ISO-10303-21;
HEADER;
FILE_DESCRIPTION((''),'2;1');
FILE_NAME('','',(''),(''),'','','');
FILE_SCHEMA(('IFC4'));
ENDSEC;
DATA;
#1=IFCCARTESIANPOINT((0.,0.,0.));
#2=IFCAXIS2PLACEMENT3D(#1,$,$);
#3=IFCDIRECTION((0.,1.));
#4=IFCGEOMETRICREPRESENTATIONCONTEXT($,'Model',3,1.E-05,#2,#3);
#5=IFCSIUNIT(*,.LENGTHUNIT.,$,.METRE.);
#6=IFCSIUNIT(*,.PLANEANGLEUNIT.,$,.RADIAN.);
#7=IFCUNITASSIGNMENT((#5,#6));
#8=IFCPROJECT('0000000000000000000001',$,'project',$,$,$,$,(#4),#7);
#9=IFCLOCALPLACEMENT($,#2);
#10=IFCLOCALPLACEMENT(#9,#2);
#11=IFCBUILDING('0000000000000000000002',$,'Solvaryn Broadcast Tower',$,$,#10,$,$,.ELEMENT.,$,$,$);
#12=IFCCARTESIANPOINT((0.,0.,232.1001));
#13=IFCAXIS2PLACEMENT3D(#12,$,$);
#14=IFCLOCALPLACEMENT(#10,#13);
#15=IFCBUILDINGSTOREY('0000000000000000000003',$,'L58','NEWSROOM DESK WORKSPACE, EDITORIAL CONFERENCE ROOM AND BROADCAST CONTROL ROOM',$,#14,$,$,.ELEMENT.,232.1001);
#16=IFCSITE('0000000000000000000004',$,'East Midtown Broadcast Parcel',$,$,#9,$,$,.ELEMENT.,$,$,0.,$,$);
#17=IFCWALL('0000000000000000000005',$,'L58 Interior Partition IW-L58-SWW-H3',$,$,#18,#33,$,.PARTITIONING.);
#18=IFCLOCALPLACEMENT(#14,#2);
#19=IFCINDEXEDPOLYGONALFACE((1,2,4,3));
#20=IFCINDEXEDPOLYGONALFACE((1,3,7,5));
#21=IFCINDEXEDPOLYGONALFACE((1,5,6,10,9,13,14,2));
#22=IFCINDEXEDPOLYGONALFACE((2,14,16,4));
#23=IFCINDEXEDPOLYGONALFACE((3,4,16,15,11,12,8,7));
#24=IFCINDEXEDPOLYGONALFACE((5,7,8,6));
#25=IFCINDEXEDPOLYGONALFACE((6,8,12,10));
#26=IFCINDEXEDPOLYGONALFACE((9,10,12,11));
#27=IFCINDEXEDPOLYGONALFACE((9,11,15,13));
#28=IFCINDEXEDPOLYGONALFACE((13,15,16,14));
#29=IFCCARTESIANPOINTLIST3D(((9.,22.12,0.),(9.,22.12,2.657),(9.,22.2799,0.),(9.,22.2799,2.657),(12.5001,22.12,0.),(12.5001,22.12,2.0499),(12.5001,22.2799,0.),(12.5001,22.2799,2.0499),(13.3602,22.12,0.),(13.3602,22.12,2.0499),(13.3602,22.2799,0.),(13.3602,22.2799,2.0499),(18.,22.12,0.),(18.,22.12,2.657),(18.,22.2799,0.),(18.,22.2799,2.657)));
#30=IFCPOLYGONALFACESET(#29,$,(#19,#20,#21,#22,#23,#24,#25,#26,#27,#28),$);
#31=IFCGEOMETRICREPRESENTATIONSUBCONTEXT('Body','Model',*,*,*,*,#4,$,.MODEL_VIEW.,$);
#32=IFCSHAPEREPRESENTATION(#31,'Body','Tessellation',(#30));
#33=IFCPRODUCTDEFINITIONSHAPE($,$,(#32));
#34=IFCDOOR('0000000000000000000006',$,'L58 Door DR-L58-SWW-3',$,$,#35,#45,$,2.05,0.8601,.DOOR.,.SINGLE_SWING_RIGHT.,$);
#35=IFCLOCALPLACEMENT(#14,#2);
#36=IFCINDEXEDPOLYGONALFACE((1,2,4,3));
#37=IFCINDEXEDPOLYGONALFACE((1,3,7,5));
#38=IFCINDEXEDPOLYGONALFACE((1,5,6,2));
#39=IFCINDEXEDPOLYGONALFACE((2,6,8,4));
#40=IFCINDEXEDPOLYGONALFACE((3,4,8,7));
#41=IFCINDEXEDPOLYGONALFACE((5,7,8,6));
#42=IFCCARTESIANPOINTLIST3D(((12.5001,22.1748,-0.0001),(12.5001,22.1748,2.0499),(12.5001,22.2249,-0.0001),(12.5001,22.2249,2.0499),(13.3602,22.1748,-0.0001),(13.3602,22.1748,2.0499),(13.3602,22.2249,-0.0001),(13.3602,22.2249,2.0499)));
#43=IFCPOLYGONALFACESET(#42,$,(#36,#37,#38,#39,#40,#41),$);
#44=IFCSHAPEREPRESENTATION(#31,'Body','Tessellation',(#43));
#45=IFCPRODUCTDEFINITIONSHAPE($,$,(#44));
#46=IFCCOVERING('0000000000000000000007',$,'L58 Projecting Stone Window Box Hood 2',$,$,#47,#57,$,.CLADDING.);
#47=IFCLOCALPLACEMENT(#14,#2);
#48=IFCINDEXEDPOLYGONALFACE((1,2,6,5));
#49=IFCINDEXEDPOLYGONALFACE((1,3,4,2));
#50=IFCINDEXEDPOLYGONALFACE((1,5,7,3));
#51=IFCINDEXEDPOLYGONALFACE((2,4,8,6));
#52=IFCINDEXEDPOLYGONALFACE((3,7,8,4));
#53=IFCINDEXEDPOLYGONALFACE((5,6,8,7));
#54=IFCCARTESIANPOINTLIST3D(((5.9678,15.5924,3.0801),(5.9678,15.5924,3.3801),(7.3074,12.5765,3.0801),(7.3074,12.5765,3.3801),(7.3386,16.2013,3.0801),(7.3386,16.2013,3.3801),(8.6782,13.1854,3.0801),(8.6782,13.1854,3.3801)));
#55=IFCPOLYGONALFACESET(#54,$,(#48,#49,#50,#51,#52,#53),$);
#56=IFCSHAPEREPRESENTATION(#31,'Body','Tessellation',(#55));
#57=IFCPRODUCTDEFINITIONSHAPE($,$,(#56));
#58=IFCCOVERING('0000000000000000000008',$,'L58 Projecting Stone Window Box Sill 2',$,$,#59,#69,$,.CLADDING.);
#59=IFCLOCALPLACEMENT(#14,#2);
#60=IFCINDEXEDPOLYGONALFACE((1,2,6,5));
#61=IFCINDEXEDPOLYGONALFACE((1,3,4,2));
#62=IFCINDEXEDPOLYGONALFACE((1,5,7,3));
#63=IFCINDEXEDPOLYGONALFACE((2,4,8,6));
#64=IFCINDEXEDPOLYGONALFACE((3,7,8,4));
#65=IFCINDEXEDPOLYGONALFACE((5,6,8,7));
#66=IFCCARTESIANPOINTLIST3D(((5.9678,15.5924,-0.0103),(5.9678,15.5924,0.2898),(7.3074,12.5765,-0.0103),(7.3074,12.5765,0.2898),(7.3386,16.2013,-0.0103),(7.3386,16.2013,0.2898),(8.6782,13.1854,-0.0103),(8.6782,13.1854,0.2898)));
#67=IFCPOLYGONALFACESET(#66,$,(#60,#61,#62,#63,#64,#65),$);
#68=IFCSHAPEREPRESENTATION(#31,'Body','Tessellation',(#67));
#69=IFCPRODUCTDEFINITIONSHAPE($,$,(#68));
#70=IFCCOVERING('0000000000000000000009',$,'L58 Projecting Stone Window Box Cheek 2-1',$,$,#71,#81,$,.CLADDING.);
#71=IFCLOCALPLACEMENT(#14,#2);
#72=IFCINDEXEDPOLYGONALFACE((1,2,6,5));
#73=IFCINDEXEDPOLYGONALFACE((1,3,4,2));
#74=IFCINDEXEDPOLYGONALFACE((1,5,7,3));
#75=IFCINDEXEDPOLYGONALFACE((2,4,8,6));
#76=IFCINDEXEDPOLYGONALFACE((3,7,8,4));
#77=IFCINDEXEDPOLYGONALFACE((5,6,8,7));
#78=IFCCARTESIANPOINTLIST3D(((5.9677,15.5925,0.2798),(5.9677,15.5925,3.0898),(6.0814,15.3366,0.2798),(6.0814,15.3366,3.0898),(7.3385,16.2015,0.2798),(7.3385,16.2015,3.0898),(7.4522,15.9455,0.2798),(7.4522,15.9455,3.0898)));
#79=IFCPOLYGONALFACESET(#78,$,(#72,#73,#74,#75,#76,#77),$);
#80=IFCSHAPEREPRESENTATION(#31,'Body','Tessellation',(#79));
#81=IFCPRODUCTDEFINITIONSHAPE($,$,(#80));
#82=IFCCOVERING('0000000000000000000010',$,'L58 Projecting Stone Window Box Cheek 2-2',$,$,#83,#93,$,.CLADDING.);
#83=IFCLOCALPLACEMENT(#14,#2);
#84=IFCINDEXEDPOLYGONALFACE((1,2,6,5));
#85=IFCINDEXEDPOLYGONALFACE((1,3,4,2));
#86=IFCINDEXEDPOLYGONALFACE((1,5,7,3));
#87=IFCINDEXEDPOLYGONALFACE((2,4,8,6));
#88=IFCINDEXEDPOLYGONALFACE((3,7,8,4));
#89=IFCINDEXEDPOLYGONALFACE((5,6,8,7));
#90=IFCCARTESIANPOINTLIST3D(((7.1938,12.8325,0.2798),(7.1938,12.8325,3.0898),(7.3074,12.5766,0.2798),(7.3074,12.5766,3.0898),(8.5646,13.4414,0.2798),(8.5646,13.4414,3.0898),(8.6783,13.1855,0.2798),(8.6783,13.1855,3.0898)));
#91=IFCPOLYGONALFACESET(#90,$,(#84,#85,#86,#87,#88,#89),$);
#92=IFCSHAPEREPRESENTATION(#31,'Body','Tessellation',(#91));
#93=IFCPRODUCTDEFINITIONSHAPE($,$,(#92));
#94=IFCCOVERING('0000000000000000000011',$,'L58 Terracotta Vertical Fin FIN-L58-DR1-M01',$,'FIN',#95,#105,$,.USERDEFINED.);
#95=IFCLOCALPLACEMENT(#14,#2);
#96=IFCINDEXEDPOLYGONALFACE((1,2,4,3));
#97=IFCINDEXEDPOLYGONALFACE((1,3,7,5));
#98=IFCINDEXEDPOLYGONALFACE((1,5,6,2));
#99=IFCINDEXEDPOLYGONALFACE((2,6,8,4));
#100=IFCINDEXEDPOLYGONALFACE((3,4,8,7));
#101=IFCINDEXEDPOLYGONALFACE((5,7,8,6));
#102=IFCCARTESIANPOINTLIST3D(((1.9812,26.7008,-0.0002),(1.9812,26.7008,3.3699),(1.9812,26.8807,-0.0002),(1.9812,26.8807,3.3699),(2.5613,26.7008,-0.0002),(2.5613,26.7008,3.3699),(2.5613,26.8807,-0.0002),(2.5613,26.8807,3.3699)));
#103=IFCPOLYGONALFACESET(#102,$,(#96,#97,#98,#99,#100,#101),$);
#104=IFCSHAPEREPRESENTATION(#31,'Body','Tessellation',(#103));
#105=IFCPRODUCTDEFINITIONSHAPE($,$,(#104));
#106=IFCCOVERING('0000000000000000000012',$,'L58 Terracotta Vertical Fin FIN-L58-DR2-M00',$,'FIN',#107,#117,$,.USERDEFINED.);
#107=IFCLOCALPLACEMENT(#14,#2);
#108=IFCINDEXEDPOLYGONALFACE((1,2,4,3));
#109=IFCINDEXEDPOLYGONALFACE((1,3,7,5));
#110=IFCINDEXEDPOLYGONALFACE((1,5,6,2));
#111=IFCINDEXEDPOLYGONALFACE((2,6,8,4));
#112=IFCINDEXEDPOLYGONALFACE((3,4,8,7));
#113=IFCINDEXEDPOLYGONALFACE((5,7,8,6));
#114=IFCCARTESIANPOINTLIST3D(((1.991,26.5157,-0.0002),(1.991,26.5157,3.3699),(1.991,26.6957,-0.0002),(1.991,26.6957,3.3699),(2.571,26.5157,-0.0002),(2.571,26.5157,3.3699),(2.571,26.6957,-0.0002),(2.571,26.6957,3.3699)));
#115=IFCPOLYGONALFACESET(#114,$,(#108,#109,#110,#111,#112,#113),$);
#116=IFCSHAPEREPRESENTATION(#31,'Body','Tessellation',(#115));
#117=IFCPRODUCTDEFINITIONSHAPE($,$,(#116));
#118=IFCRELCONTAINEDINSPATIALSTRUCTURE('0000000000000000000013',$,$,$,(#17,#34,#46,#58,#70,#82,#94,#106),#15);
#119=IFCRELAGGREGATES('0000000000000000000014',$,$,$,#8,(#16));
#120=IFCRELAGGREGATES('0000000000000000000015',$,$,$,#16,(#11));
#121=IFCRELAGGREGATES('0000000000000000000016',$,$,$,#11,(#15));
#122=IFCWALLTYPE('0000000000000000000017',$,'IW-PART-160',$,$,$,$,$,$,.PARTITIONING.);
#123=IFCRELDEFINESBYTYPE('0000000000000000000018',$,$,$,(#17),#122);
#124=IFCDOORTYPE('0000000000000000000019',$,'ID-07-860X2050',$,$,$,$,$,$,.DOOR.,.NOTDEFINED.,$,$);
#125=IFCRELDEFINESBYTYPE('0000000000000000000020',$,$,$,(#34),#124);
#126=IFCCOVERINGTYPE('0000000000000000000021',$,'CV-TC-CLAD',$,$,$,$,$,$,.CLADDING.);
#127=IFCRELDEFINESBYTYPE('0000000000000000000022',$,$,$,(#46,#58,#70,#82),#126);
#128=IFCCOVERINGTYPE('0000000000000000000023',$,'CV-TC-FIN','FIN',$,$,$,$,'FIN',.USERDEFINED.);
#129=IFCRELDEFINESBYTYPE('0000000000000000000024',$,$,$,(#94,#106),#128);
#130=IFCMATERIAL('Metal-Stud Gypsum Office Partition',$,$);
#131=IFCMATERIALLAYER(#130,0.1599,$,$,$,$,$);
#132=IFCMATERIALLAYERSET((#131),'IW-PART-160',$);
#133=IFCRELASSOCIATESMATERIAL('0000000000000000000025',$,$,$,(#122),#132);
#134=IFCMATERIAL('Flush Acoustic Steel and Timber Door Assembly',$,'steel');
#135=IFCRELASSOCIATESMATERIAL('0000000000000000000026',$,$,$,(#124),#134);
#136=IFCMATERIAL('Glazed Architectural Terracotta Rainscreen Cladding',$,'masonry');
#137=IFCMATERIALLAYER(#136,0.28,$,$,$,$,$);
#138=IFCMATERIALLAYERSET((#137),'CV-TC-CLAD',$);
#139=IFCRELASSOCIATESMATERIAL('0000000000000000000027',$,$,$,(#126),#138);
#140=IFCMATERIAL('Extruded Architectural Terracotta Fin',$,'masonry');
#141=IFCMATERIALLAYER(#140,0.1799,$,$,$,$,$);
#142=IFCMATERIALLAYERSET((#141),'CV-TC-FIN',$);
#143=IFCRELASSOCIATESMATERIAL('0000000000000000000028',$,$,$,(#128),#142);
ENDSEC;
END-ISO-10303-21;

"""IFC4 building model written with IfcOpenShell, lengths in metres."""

from ifc_helpers import new_model, si_unit, direction, frame, frame_2d, origin, origin_2d, place, context, subcontext, project, spatial, rectangle, extrude, material, layer, layer_set, type_object, element, fill, save


model = new_model("IFC4")

# Units and contexts
model_context = context("Model", 3, precision=1e-05, world=origin(), true_north=direction((0.0, 1.0)))
body_context = subcontext(model_context, "Body", "Model", "MODEL_VIEW")
ifc_project = project(units=[si_unit("LENGTHUNIT", "METRE"), si_unit("PLANEANGLEUNIT", "RADIAN")], contexts=[model_context])

# Site, building, storey
site_placement = place(None, origin())
site = spatial("IfcSite", under=ifc_project, at=site_placement, Name="East Midtown Broadcast Parcel", CompositionType="ELEMENT", RefElevation=0.0)
building_placement = place(site_placement, origin())
building = spatial("IfcBuilding", under=site, at=building_placement, Name="Solvaryn Broadcast Tower", CompositionType="ELEMENT")
storey_placement = place(building_placement, frame((0.0, 0.0, 232.1001)))
storey = spatial("IfcBuildingStorey", under=building, at=storey_placement, Name="L58", Description="NEWSROOM DESK WORKSPACE, EDITORIAL CONFERENCE ROOM AND BROADCAST CONTROL ROOM", CompositionType="ELEMENT", Elevation=232.1001)

# Wall, opening, door
ifc_material_1 = material(Name="Metal-Stud Gypsum Office Partition")
ifc_layer_1 = layer(ifc_material_1, 0.1599)
ifc_layer_set_1 = layer_set([ifc_layer_1], Name="IW-PART-160")
wall_type = type_object("IfcWallType", Name="IW-PART-160", PredefinedType="PARTITIONING", material=ifc_layer_set_1)
wall_1_placement = place(storey_placement, frame((9.0, 22.2, 0.0), z_axis=(0.0, 0.0, 1.0), x_axis=(1.0, 0.0, 0.0)))
wall_1 = element("IfcWall", 1, at=wall_1_placement, inside=storey, type_object=wall_type, Name="L58 Interior Partition IW-L58-SWW-H3", PredefinedType="PARTITIONING", context=body_context, shape_type="SweptSolid", body=[
    extrude(rectangle(XDim=9.0, YDim=0.1599, at=frame_2d((4.5, 0.0))), origin(), (0.0, 0.0, 1.0), 2.657),
])
opening_1_placement = place(wall_1_placement, frame((3.5, 0.0, 0.0)))
opening_1 = element("IfcOpeningElement", 2, at=opening_1_placement, cuts=wall_1, PredefinedType="OPENING", context=body_context, shape_type="SweptSolid", body=[
    extrude(rectangle(XDim=0.8601, YDim=2.05, at=frame_2d((0.4302, 1.0249))), frame((0.0, 0.0901, 0.0), z_axis=(0.0, -1.0, 0.0), x_axis=(1.0, 0.0, 0.0)), (0.0, 0.0, 1.0), 0.1799),
])
ifc_material_2 = material(Name="Flush Acoustic Steel and Timber Door Assembly", Category="steel")
door_type_1 = type_object("IfcDoorType", Name="ID-07-860X2050", OperationType="NOTDEFINED", PredefinedType="DOOR", material=ifc_material_2)
door_1_placement = place(opening_1_placement, origin())
door_1 = element("IfcDoor", 3, at=door_1_placement, inside=storey, type_object=door_type_1, Name="L58 Door DR-L58-SWW-3", OperationType="SINGLE_SWING_RIGHT", OverallHeight=2.05, OverallWidth=0.8601, PredefinedType="DOOR", context=body_context, shape_type="SweptSolid", body=[
    extrude(rectangle(XDim=0.8601, YDim=2.05, at=frame_2d((0.4302, 1.0249))), frame((0.0, 0.0249, 0.0), z_axis=(0.0, -1.0, 0.0), x_axis=(1.0, 0.0, 0.0)), (0.0, 0.0, 1.0), 0.05),
])
fill(opening_1, door_1)

# Coverings
ifc_material_3 = material(Name="Glazed Architectural Terracotta Rainscreen Cladding", Category="masonry")
ifc_layer_2 = layer(ifc_material_3, 0.28)
ifc_layer_set_2 = layer_set([ifc_layer_2], Name="CV-TC-CLAD")
covering_type_1 = type_object("IfcCoveringType", Name="CV-TC-CLAD", PredefinedType="CLADDING", material=ifc_layer_set_2)
for number, where, z_axis, x_axis, name in (
    (4, (7.323, 14.3889, 3.0801), (0.0, 0.0, 1.0), (0.405939, -0.9139, 0.0), "L58 Projecting Stone Window Box Hood 2"),
    (5, (7.323, 14.3889, -0.0103), (0.0, 0.0, 1.0), (0.405939, -0.9139, 0.0), "L58 Projecting Stone Window Box Sill 2"),
):
    element("IfcCovering", number, at=place(storey_placement, frame(where, z_axis=z_axis, x_axis=x_axis)), inside=storey, type_object=covering_type_1, Name=name, PredefinedType="CLADDING", context=body_context, shape_type="SweptSolid", body=[
        extrude(rectangle(XDim=3.3, YDim=1.5, at=origin_2d()), origin(), (0.0, 0.0, 1.0), 0.3),
    ])
for number, where, z_axis, x_axis, name in (
    (6, (6.71, 15.769, 0.2798), (0.0, 0.0, 1.0), (0.405939, -0.9139, 0.0), "L58 Projecting Stone Window Box Cheek 2-1"),
    (7, (7.936, 13.009, 0.2798), (0.0, 0.0, 1.0), (0.405939, -0.9139, 0.0), "L58 Projecting Stone Window Box Cheek 2-2"),
):
    element("IfcCovering", number, at=place(storey_placement, frame(where, z_axis=z_axis, x_axis=x_axis)), inside=storey, type_object=covering_type_1, Name=name, PredefinedType="CLADDING", context=body_context, shape_type="SweptSolid", body=[
        extrude(rectangle(XDim=0.28, YDim=1.5, at=origin_2d()), origin(), (0.0, 0.0, 1.0), 2.8101),
    ])
ifc_material_4 = material(Name="Extruded Architectural Terracotta Fin", Category="masonry")
ifc_layer_3 = layer(ifc_material_4, 0.1799)
ifc_layer_set_3 = layer_set([ifc_layer_3], Name="CV-TC-FIN")
covering_type_2 = type_object("IfcCoveringType", Name="CV-TC-FIN", Description="FIN", ElementType="FIN", PredefinedType="USERDEFINED", material=ifc_layer_set_3)
for number, where, z_axis, x_axis, name in (
    (8, (2.2712, 26.7908, -0.0002), (0.0, 0.0, 1.0), (1.0, 0.0, 0.0), "L58 Terracotta Vertical Fin FIN-L58-DR1-M01"),
    (9, (2.281, 26.6057, -0.0002), (0.0, 0.0, 1.0), (1.0, 0.0, 0.0), "L58 Terracotta Vertical Fin FIN-L58-DR2-M00"),
):
    element("IfcCovering", number, at=place(storey_placement, frame(where, z_axis=z_axis, x_axis=x_axis)), inside=storey, type_object=covering_type_2, Name=name, ObjectType="FIN", PredefinedType="USERDEFINED", context=body_context, shape_type="SweptSolid", body=[
        extrude(rectangle(XDim=0.5801, YDim=0.1799, at=origin_2d()), origin(), (0.0, 0.0, 1.0), 3.3701),
    ])

save(model, "model.ifc")
